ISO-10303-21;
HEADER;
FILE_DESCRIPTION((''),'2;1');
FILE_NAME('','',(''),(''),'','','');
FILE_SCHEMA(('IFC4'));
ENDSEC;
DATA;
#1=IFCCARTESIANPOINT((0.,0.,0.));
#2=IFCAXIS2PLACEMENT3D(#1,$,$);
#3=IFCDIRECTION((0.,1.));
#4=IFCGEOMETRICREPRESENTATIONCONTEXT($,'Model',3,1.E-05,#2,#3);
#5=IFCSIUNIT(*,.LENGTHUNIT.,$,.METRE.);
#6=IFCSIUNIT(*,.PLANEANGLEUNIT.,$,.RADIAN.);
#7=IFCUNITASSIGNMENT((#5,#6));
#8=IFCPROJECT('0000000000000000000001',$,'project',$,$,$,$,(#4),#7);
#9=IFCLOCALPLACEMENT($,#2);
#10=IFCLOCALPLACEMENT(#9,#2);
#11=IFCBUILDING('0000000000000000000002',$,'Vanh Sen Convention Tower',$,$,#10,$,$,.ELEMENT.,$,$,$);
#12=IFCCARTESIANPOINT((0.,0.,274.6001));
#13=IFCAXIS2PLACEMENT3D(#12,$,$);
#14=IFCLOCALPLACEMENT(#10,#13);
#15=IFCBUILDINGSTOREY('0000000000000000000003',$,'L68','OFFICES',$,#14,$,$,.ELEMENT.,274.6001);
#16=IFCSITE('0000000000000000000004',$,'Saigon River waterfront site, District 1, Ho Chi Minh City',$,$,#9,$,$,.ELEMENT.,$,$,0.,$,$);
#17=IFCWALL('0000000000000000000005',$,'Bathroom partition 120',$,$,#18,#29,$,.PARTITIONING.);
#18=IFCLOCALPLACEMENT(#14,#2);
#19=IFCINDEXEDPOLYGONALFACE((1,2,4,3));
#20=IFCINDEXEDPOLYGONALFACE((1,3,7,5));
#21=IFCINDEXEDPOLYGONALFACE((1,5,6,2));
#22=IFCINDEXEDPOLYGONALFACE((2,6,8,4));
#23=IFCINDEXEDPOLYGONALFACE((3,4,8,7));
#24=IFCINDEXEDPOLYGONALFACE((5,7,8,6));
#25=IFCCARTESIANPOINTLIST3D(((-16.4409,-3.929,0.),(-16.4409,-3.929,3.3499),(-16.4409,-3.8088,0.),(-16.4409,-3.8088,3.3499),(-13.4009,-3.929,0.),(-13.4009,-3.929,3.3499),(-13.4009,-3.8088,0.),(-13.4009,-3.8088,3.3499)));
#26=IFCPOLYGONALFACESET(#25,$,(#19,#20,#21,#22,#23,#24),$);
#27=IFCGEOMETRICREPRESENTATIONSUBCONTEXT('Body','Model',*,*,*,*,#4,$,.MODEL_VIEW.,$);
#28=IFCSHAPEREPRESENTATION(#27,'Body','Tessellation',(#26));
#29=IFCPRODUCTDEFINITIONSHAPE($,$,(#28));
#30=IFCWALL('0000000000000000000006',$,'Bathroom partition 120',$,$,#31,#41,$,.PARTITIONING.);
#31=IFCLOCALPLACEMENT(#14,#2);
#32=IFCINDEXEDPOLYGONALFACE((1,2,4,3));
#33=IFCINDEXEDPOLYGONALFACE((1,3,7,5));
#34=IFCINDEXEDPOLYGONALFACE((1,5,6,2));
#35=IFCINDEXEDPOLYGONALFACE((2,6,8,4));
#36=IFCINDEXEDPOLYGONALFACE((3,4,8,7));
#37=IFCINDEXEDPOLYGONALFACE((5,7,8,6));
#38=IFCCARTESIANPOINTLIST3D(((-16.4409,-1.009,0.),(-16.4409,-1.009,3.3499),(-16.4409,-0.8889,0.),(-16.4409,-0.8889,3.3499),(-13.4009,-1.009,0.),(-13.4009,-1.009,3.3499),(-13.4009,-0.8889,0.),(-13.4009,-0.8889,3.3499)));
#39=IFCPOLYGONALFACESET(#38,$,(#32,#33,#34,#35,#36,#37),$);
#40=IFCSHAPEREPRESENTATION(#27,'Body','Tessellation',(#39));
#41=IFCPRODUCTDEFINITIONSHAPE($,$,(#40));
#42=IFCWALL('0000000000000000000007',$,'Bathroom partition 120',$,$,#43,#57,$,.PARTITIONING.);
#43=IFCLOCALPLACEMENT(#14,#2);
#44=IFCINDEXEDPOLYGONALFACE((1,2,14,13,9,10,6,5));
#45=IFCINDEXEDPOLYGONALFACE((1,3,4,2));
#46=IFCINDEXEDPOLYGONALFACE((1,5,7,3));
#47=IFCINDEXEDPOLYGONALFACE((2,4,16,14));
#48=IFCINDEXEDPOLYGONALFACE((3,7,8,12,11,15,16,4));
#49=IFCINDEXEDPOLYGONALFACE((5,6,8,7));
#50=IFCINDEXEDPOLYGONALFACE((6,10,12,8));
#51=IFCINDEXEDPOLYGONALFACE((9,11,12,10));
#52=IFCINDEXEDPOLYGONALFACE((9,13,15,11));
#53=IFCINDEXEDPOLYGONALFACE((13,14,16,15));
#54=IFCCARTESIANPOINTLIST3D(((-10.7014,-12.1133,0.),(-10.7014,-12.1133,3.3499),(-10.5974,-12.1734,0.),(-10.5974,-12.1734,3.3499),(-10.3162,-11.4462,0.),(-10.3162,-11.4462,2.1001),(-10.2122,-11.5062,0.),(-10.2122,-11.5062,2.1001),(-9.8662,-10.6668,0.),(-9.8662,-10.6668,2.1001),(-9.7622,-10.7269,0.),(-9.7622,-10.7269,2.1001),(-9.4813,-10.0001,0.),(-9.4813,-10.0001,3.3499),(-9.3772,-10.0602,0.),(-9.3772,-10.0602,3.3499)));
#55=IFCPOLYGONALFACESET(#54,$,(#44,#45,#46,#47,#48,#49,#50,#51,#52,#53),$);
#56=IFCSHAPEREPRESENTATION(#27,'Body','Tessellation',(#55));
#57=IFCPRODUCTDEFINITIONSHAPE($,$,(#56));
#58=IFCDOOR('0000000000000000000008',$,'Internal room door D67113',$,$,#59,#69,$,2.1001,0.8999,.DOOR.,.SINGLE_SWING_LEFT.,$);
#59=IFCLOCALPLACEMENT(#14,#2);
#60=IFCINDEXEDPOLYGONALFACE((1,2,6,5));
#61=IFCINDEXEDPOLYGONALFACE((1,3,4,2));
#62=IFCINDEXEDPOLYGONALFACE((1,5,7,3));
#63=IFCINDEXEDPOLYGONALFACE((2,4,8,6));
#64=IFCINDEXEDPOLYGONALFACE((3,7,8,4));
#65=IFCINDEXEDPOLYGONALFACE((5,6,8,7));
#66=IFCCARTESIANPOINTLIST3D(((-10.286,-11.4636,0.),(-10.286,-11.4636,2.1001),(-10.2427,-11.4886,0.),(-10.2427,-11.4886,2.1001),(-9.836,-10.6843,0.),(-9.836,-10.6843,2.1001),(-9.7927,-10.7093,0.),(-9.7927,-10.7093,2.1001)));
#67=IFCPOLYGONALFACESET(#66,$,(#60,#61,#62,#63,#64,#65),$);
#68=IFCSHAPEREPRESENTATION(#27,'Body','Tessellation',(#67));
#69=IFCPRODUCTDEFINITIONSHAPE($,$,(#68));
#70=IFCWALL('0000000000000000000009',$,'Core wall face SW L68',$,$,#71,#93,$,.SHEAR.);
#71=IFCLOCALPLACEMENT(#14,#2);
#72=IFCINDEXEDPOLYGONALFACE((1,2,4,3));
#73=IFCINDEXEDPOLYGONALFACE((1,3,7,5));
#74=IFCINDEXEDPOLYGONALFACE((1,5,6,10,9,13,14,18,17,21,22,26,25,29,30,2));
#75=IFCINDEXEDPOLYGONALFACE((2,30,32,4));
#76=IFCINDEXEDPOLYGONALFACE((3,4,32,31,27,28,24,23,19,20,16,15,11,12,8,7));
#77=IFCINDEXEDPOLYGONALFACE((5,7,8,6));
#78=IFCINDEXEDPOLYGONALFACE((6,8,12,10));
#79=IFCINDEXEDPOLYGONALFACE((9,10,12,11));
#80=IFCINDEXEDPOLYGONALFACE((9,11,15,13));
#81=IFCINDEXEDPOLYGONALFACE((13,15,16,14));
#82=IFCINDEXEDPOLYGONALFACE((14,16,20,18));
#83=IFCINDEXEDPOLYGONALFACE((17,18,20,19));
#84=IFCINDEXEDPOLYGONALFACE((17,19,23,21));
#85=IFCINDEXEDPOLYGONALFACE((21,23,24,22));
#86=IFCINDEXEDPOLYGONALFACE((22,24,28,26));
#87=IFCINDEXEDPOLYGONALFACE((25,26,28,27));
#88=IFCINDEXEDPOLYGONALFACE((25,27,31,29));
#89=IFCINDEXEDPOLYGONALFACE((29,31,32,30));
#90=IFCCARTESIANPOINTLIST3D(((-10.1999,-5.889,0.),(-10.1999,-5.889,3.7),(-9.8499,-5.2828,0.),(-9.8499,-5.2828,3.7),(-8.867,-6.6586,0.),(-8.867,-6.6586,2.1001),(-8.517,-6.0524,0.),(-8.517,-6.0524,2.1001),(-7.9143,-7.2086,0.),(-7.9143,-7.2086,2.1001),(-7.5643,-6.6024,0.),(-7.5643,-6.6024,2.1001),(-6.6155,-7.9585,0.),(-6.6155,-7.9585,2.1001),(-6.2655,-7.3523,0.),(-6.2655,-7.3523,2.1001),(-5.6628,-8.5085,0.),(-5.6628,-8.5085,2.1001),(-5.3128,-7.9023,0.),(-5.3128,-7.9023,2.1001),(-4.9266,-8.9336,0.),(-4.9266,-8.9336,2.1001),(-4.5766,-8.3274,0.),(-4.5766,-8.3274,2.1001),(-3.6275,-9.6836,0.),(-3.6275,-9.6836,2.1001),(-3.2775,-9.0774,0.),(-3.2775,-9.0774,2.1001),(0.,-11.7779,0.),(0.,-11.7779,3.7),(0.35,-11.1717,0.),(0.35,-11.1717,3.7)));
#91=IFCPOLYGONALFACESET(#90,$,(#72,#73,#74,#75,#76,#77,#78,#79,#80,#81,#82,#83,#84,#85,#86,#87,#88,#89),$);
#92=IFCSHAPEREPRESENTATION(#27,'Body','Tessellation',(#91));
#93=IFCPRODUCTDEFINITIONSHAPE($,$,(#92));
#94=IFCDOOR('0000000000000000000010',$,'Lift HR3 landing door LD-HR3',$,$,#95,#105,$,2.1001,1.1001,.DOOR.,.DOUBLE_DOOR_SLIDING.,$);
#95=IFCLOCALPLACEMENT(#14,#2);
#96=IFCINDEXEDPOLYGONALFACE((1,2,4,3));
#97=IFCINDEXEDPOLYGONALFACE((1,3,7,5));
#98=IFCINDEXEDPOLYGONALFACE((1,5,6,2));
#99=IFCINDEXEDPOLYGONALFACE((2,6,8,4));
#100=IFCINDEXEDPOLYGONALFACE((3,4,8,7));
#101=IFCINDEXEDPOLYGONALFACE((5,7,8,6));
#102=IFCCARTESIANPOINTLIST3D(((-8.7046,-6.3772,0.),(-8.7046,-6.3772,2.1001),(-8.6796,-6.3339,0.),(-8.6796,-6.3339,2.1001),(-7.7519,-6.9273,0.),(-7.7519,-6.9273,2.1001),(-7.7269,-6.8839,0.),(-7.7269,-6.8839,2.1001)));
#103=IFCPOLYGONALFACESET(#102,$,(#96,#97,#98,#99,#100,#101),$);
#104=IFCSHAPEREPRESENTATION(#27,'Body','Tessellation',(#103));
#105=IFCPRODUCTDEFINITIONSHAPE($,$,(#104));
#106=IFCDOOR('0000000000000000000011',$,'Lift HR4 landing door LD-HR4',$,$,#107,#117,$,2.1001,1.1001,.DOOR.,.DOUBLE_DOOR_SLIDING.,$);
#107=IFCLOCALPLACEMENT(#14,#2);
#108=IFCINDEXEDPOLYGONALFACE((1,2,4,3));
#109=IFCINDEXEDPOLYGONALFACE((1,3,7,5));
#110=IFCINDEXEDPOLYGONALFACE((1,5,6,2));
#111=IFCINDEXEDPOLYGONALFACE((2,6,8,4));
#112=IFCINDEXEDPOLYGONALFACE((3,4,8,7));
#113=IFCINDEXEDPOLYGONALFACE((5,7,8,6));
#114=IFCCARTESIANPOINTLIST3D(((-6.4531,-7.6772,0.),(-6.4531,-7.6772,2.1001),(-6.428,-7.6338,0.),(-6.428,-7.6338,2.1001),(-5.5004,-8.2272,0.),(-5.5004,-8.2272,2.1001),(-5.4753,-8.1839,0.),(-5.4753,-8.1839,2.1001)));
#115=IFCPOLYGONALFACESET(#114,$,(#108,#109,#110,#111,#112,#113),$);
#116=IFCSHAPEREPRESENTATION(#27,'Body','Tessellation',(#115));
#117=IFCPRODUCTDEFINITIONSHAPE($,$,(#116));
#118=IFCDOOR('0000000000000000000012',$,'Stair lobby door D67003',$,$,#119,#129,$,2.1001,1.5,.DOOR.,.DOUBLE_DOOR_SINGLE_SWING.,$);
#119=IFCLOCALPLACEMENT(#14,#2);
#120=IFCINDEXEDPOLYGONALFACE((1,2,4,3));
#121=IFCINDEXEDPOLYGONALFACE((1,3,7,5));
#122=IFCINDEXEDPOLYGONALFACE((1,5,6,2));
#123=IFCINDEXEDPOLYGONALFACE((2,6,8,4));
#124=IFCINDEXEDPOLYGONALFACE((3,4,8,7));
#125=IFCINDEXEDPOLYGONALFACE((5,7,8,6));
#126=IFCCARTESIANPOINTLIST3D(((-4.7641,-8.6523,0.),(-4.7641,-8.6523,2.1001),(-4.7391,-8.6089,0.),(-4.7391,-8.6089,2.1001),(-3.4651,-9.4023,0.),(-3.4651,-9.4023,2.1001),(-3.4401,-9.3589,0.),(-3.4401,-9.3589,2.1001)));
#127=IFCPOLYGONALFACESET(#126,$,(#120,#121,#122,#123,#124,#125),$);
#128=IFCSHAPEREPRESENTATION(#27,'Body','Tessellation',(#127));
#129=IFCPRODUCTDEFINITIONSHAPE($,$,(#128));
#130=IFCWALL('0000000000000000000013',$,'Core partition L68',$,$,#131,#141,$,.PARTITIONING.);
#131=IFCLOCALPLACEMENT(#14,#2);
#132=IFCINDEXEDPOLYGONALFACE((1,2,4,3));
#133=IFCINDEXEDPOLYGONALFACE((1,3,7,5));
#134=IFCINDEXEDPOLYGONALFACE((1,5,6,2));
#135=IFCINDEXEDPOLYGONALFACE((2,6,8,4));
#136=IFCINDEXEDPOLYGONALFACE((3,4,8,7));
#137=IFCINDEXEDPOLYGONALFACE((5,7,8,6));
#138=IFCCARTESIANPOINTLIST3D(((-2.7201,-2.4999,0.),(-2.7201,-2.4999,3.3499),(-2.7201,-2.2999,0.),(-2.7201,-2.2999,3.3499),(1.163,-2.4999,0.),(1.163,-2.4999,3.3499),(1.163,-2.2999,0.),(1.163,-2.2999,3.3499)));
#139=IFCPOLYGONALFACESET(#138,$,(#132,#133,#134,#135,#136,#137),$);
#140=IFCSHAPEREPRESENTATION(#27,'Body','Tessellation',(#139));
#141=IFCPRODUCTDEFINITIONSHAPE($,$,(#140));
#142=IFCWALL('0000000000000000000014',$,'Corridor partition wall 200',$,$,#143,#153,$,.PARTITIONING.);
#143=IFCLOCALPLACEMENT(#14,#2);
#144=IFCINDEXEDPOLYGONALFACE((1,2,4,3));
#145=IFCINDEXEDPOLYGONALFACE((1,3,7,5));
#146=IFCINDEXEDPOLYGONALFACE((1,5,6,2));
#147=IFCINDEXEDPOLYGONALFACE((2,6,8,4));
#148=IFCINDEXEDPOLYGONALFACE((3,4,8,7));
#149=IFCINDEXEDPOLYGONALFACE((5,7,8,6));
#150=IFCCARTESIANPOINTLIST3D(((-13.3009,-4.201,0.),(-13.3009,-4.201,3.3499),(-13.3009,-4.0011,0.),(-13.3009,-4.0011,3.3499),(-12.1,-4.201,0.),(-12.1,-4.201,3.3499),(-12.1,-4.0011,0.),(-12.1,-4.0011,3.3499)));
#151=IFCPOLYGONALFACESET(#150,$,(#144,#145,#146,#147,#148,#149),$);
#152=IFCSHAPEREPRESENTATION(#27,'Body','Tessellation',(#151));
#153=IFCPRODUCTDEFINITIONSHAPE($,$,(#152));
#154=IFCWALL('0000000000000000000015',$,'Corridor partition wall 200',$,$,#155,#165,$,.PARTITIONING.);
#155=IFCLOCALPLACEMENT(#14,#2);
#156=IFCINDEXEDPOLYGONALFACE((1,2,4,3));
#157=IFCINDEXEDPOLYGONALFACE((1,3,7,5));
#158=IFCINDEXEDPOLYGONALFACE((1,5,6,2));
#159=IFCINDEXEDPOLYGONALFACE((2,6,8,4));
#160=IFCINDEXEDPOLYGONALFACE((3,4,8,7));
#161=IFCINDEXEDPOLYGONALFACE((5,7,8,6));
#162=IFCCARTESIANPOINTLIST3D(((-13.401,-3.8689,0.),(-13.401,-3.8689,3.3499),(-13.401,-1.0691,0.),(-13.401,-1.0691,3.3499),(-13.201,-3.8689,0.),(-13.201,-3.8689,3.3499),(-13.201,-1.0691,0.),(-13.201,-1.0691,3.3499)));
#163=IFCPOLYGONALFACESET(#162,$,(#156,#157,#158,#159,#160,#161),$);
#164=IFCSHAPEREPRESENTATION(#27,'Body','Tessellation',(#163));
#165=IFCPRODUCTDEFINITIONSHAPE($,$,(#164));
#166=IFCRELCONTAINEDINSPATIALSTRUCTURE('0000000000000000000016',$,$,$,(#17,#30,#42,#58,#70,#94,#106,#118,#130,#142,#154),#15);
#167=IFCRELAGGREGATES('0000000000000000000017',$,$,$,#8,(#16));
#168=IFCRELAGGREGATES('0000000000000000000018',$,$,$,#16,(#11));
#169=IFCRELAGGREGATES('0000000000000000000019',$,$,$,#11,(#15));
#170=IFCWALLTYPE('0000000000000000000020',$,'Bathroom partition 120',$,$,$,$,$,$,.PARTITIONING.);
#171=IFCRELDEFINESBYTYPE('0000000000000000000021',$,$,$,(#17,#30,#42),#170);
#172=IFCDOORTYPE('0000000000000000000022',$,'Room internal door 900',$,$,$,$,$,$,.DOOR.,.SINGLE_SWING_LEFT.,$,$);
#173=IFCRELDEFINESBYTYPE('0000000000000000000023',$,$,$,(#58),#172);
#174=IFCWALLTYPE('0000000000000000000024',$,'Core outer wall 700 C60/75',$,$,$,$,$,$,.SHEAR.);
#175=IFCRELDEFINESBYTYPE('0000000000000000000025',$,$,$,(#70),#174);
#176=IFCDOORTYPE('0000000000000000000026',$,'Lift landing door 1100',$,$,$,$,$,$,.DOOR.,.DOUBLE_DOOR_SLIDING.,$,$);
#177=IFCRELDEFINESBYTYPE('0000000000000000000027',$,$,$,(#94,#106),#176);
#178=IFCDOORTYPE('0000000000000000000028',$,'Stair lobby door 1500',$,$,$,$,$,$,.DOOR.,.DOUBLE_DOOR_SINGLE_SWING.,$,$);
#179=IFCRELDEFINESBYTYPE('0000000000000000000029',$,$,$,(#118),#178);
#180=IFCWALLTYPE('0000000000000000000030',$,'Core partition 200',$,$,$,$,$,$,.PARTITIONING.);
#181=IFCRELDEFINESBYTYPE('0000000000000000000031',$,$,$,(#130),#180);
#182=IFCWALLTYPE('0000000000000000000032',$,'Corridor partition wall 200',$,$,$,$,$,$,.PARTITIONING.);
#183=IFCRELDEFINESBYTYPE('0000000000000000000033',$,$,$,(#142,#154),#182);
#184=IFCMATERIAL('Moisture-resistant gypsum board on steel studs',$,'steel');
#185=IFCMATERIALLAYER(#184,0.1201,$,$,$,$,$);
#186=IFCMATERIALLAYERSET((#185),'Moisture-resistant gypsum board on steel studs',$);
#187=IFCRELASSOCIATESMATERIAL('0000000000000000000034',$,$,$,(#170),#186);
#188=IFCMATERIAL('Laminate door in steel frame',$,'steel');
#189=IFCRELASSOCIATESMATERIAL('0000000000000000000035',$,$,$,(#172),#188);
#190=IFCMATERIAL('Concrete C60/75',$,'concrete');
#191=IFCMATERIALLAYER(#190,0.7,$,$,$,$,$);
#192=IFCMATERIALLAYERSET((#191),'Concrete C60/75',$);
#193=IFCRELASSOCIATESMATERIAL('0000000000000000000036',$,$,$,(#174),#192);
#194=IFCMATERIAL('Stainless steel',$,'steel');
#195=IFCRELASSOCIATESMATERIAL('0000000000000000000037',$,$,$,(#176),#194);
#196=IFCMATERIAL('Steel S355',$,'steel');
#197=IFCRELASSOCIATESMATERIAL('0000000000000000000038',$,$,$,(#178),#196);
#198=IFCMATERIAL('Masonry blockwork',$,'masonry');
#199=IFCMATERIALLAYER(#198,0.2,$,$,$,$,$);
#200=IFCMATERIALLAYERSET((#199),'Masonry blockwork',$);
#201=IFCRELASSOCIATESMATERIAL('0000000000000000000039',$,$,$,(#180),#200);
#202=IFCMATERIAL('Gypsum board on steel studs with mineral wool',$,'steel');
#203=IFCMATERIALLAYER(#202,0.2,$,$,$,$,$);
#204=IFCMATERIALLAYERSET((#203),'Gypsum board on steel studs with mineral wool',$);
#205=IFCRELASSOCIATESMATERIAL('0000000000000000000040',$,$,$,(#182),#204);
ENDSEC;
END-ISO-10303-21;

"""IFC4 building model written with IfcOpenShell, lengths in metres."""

from ifc_helpers import new_model, si_unit, direction, frame, frame_2d, origin, place, context, subcontext, project, spatial, rectangle, extrude, material, layer, layer_set, type_object, element, fill, save


model = new_model("IFC4")

# Units and contexts
model_context = context("Model", 3, precision=1e-05, world=origin(), true_north=direction((0.0, 1.0)))
body_context = subcontext(model_context, "Body", "Model", "MODEL_VIEW")
ifc_project = project(units=[si_unit("LENGTHUNIT", "METRE"), si_unit("PLANEANGLEUNIT", "RADIAN")], contexts=[model_context])

# Site, building, storey
site_placement = place(None, origin())
site = spatial("IfcSite", under=ifc_project, at=site_placement, Name="Saigon River waterfront site, District 1, Ho Chi Minh City", CompositionType="ELEMENT", RefElevation=0.0)
building_placement = place(site_placement, origin())
building = spatial("IfcBuilding", under=site, at=building_placement, Name="Vanh Sen Convention Tower", CompositionType="ELEMENT")
storey_placement = place(building_placement, frame((0.0, 0.0, 274.6001)))
storey = spatial("IfcBuildingStorey", under=building, at=storey_placement, Name="L68", Description="OFFICES", CompositionType="ELEMENT", Elevation=274.6001)

# Walls
ifc_material_1 = material(Name="Moisture-resistant gypsum board on steel studs", Category="steel")
ifc_layer_1 = layer(ifc_material_1, 0.1201)
ifc_layer_set_1 = layer_set([ifc_layer_1], Name="Moisture-resistant gypsum board on steel studs")
wall_type_1 = type_object("IfcWallType", Name="Bathroom partition 120", PredefinedType="PARTITIONING", material=ifc_layer_set_1)
for number, where, z_axis, x_axis, name in (
    (1, (-13.4009, -3.8689, 0.0), (0.0, 0.0, 1.0), (-1.0, 0.0, 0.0), "Bathroom partition 120"),
    (2, (-13.4009, -0.949, 0.0), (0.0, 0.0, 1.0), (-1.0, 0.0, 0.0), "Bathroom partition 120"),
):
    element("IfcWall", number, at=place(storey_placement, frame(where, z_axis=z_axis, x_axis=x_axis)), inside=storey, type_object=wall_type_1, Name=name, PredefinedType="PARTITIONING", context=body_context, shape_type="SweptSolid", body=[
        extrude(rectangle(XDim=3.04, YDim=0.1201, at=frame_2d((1.52, 0.0))), origin(), (0.0, 0.0, 1.0), 3.3499),
    ])

# Wall, opening, door
wall_1_placement = place(storey_placement, frame((-9.4292, -10.03, 0.0), z_axis=(0.0, 0.0, 1.0), x_axis=(-0.500034, -0.866006, 0.0)))
wall_1 = element("IfcWall", 3, at=wall_1_placement, inside=storey, type_object=wall_type_1, Name="Bathroom partition 120", PredefinedType="PARTITIONING", context=body_context, shape_type="SweptSolid", body=[
    extrude(rectangle(XDim=2.4402, YDim=0.1201, at=frame_2d((1.2202, 0.0))), origin(), (0.0, 0.0, 1.0), 3.3499),
])
opening_1_placement = place(wall_1_placement, frame((0.77, 0.0, 0.0)))
opening_1 = element("IfcOpeningElement", 4, at=opening_1_placement, cuts=wall_1, PredefinedType="OPENING", context=body_context, shape_type="SweptSolid", body=[
    extrude(rectangle(XDim=0.8999, YDim=2.1001, at=frame_2d((0.45, 1.05))), frame((0.0, 0.0701, 0.0), z_axis=(0.0, -1.0, 0.0), x_axis=(1.0, 0.0, 0.0)), (0.0, 0.0, 1.0), 0.1401),
])
ifc_material_2 = material(Name="Laminate door in steel frame", Category="steel")
door_type_1 = type_object("IfcDoorType", Name="Room internal door 900", OperationType="SINGLE_SWING_LEFT", PredefinedType="DOOR", material=ifc_material_2)
door_1_placement = place(opening_1_placement, origin())
door_1 = element("IfcDoor", 5, at=door_1_placement, inside=storey, type_object=door_type_1, Name="Internal room door D67113", OperationType="SINGLE_SWING_LEFT", OverallHeight=2.1001, OverallWidth=0.8999, PredefinedType="DOOR", context=body_context, shape_type="SweptSolid", body=[
    extrude(rectangle(XDim=0.8999, YDim=2.1001, at=frame_2d((0.45, 1.05))), frame((0.0, 0.0249, 0.0), z_axis=(0.0, -1.0, 0.0), x_axis=(1.0, 0.0, 0.0)), (0.0, 0.0, 1.0), 0.05),
])
fill(opening_1, door_1)

# Wall, openings, doors
ifc_material_3 = material(Name="Concrete C60/75", Category="concrete")
ifc_layer_2 = layer(ifc_material_3, 0.7)
ifc_layer_set_2 = layer_set([ifc_layer_2], Name="Concrete C60/75")
wall_type_2 = type_object("IfcWallType", Name="Core outer wall 700 C60/75", PredefinedType="SHEAR", material=ifc_layer_set_2)
wall_2_placement = place(storey_placement, frame((-10.0249, -5.5859, 0.0), z_axis=(0.0, 0.0, 1.0), x_axis=(0.866026, -0.499998, 0.0)))
wall_2 = element("IfcWall", 6, at=wall_2_placement, inside=storey, type_object=wall_type_2, Name="Core wall face SW L68", PredefinedType="SHEAR", context=body_context, shape_type="SweptSolid", body=[
    extrude(rectangle(XDim=11.7778, YDim=0.7, at=frame_2d((5.8889, 0.0))), origin(), (0.0, 0.0, 1.0), 3.7),
])
opening_2_placement = place(wall_2_placement, frame((6.0891, 0.0, 0.0)))
opening_2 = element("IfcOpeningElement", 7, at=opening_2_placement, cuts=wall_2, PredefinedType="OPENING", context=body_context, shape_type="SweptSolid", body=[
    extrude(rectangle(XDim=1.5, YDim=2.1001, at=frame_2d((0.75, 1.05))), frame((0.0, 0.3599, 0.0), z_axis=(0.0, -1.0, 0.0), x_axis=(1.0, 0.0, 0.0)), (0.0, 0.0, 1.0), 0.72),
])
opening_3_placement = place(wall_2_placement, frame((1.5391, 0.0, 0.0)))
opening_3 = element("IfcOpeningElement", 8, at=opening_3_placement, cuts=wall_2, PredefinedType="OPENING", context=body_context, shape_type="SweptSolid", body=[
    extrude(rectangle(XDim=1.1001, YDim=2.1001, at=frame_2d((0.55, 1.05))), frame((0.0, 0.3599, 0.0), z_axis=(0.0, -1.0, 0.0), x_axis=(1.0, 0.0, 0.0)), (0.0, 0.0, 1.0), 0.72),
])
opening_4_placement = place(wall_2_placement, frame((4.1389, 0.0, 0.0)))
opening_4 = element("IfcOpeningElement", 9, at=opening_4_placement, cuts=wall_2, PredefinedType="OPENING", context=body_context, shape_type="SweptSolid", body=[
    extrude(rectangle(XDim=1.1001, YDim=2.1001, at=frame_2d((0.55, 1.05))), frame((0.0, 0.3599, 0.0), z_axis=(0.0, -1.0, 0.0), x_axis=(1.0, 0.0, 0.0)), (0.0, 0.0, 1.0), 0.72),
])
ifc_material_4 = material(Name="Stainless steel", Category="steel")
door_type_2 = type_object("IfcDoorType", Name="Lift landing door 1100", OperationType="DOUBLE_DOOR_SLIDING", PredefinedType="DOOR", material=ifc_material_4)
door_2_placement = place(opening_3_placement, origin())
door_2 = element("IfcDoor", 10, at=door_2_placement, inside=storey, type_object=door_type_2, Name="Lift HR3 landing door LD-HR3", OperationType="DOUBLE_DOOR_SLIDING", OverallHeight=2.1001, OverallWidth=1.1001, PredefinedType="DOOR", context=body_context, shape_type="SweptSolid", body=[
    extrude(rectangle(XDim=1.1001, YDim=2.1001, at=frame_2d((0.55, 1.05))), frame((0.0, 0.0249, 0.0), z_axis=(0.0, -1.0, 0.0), x_axis=(1.0, 0.0, 0.0)), (0.0, 0.0, 1.0), 0.05),
])
fill(opening_3, door_2)
door_3_placement = place(opening_4_placement, origin())
door_3 = element("IfcDoor", 11, at=door_3_placement, inside=storey, type_object=door_type_2, Name="Lift HR4 landing door LD-HR4", OperationType="DOUBLE_DOOR_SLIDING", OverallHeight=2.1001, OverallWidth=1.1001, PredefinedType="DOOR", context=body_context, shape_type="SweptSolid", body=[
    extrude(rectangle(XDim=1.1001, YDim=2.1001, at=frame_2d((0.55, 1.05))), frame((0.0, 0.0249, 0.0), z_axis=(0.0, -1.0, 0.0), x_axis=(1.0, 0.0, 0.0)), (0.0, 0.0, 1.0), 0.05),
])
fill(opening_4, door_3)
ifc_material_5 = material(Name="Steel S355", Category="steel")
door_type_3 = type_object("IfcDoorType", Name="Stair lobby door 1500", OperationType="DOUBLE_DOOR_SINGLE_SWING", PredefinedType="DOOR", material=ifc_material_5)
door_4_placement = place(opening_2_placement, origin())
door_4 = element("IfcDoor", 12, at=door_4_placement, inside=storey, type_object=door_type_3, Name="Stair lobby door D67003", OperationType="DOUBLE_DOOR_SINGLE_SWING", OverallHeight=2.1001, OverallWidth=1.5, PredefinedType="DOOR", context=body_context, shape_type="SweptSolid", body=[
    extrude(rectangle(XDim=1.5, YDim=2.1001, at=frame_2d((0.75, 1.05))), frame((0.0, 0.0249, 0.0), z_axis=(0.0, -1.0, 0.0), x_axis=(1.0, 0.0, 0.0)), (0.0, 0.0, 1.0), 0.05),
])
fill(opening_2, door_4)

# Walls
ifc_material_6 = material(Name="Masonry blockwork", Category="masonry")
ifc_layer_3 = layer(ifc_material_6, 0.2)
ifc_layer_set_3 = layer_set([ifc_layer_3], Name="Masonry blockwork")
wall_type_3 = type_object("IfcWallType", Name="Core partition 200", PredefinedType="PARTITIONING", material=ifc_layer_set_3)
wall_3_placement = place(storey_placement, frame((-2.72, -2.3999, 0.0), z_axis=(0.0, 0.0, 1.0), x_axis=(1.0, 0.0, 0.0)))
element("IfcWall", 13, at=wall_3_placement, inside=storey, type_object=wall_type_3, Name="Core partition L68", PredefinedType="PARTITIONING", context=body_context, shape_type="SweptSolid", body=[
    extrude(rectangle(XDim=3.8831, YDim=0.2, at=frame_2d((1.9414, 0.0))), origin(), (0.0, 0.0, 1.0), 3.3499),
])
ifc_material_7 = material(Name="Gypsum board on steel studs with mineral wool", Category="steel")
ifc_layer_4 = layer(ifc_material_7, 0.2)
ifc_layer_set_4 = layer_set([ifc_layer_4], Name="Gypsum board on steel studs with mineral wool")
wall_type_4 = type_object("IfcWallType", Name="Corridor partition wall 200", PredefinedType="PARTITIONING", material=ifc_layer_set_4)
wall_4_placement = place(storey_placement, frame((-13.301, -4.1011, 0.0), z_axis=(0.0, 0.0, 1.0), x_axis=(1.0, 0.0, 0.0)))
element("IfcWall", 14, at=wall_4_placement, inside=storey, type_object=wall_type_4, Name="Corridor partition wall 200", PredefinedType="PARTITIONING", context=body_context, shape_type="SweptSolid", body=[
    extrude(rectangle(XDim=1.2009, YDim=0.2, at=frame_2d((0.6006, 0.0))), origin(), (0.0, 0.0, 1.0), 3.3499),
])
wall_5_placement = place(storey_placement, frame((-13.301, -1.0691, 0.0), z_axis=(0.0, 0.0, 1.0), x_axis=(0.0, -1.0, 0.0)))
element("IfcWall", 15, at=wall_5_placement, inside=storey, type_object=wall_type_4, Name="Corridor partition wall 200", PredefinedType="PARTITIONING", context=body_context, shape_type="SweptSolid", body=[
    extrude(rectangle(XDim=2.7998, YDim=0.2, at=frame_2d((1.3999, 0.0))), origin(), (0.0, 0.0, 1.0), 3.3499),
])

save(model, "model.ifc")
